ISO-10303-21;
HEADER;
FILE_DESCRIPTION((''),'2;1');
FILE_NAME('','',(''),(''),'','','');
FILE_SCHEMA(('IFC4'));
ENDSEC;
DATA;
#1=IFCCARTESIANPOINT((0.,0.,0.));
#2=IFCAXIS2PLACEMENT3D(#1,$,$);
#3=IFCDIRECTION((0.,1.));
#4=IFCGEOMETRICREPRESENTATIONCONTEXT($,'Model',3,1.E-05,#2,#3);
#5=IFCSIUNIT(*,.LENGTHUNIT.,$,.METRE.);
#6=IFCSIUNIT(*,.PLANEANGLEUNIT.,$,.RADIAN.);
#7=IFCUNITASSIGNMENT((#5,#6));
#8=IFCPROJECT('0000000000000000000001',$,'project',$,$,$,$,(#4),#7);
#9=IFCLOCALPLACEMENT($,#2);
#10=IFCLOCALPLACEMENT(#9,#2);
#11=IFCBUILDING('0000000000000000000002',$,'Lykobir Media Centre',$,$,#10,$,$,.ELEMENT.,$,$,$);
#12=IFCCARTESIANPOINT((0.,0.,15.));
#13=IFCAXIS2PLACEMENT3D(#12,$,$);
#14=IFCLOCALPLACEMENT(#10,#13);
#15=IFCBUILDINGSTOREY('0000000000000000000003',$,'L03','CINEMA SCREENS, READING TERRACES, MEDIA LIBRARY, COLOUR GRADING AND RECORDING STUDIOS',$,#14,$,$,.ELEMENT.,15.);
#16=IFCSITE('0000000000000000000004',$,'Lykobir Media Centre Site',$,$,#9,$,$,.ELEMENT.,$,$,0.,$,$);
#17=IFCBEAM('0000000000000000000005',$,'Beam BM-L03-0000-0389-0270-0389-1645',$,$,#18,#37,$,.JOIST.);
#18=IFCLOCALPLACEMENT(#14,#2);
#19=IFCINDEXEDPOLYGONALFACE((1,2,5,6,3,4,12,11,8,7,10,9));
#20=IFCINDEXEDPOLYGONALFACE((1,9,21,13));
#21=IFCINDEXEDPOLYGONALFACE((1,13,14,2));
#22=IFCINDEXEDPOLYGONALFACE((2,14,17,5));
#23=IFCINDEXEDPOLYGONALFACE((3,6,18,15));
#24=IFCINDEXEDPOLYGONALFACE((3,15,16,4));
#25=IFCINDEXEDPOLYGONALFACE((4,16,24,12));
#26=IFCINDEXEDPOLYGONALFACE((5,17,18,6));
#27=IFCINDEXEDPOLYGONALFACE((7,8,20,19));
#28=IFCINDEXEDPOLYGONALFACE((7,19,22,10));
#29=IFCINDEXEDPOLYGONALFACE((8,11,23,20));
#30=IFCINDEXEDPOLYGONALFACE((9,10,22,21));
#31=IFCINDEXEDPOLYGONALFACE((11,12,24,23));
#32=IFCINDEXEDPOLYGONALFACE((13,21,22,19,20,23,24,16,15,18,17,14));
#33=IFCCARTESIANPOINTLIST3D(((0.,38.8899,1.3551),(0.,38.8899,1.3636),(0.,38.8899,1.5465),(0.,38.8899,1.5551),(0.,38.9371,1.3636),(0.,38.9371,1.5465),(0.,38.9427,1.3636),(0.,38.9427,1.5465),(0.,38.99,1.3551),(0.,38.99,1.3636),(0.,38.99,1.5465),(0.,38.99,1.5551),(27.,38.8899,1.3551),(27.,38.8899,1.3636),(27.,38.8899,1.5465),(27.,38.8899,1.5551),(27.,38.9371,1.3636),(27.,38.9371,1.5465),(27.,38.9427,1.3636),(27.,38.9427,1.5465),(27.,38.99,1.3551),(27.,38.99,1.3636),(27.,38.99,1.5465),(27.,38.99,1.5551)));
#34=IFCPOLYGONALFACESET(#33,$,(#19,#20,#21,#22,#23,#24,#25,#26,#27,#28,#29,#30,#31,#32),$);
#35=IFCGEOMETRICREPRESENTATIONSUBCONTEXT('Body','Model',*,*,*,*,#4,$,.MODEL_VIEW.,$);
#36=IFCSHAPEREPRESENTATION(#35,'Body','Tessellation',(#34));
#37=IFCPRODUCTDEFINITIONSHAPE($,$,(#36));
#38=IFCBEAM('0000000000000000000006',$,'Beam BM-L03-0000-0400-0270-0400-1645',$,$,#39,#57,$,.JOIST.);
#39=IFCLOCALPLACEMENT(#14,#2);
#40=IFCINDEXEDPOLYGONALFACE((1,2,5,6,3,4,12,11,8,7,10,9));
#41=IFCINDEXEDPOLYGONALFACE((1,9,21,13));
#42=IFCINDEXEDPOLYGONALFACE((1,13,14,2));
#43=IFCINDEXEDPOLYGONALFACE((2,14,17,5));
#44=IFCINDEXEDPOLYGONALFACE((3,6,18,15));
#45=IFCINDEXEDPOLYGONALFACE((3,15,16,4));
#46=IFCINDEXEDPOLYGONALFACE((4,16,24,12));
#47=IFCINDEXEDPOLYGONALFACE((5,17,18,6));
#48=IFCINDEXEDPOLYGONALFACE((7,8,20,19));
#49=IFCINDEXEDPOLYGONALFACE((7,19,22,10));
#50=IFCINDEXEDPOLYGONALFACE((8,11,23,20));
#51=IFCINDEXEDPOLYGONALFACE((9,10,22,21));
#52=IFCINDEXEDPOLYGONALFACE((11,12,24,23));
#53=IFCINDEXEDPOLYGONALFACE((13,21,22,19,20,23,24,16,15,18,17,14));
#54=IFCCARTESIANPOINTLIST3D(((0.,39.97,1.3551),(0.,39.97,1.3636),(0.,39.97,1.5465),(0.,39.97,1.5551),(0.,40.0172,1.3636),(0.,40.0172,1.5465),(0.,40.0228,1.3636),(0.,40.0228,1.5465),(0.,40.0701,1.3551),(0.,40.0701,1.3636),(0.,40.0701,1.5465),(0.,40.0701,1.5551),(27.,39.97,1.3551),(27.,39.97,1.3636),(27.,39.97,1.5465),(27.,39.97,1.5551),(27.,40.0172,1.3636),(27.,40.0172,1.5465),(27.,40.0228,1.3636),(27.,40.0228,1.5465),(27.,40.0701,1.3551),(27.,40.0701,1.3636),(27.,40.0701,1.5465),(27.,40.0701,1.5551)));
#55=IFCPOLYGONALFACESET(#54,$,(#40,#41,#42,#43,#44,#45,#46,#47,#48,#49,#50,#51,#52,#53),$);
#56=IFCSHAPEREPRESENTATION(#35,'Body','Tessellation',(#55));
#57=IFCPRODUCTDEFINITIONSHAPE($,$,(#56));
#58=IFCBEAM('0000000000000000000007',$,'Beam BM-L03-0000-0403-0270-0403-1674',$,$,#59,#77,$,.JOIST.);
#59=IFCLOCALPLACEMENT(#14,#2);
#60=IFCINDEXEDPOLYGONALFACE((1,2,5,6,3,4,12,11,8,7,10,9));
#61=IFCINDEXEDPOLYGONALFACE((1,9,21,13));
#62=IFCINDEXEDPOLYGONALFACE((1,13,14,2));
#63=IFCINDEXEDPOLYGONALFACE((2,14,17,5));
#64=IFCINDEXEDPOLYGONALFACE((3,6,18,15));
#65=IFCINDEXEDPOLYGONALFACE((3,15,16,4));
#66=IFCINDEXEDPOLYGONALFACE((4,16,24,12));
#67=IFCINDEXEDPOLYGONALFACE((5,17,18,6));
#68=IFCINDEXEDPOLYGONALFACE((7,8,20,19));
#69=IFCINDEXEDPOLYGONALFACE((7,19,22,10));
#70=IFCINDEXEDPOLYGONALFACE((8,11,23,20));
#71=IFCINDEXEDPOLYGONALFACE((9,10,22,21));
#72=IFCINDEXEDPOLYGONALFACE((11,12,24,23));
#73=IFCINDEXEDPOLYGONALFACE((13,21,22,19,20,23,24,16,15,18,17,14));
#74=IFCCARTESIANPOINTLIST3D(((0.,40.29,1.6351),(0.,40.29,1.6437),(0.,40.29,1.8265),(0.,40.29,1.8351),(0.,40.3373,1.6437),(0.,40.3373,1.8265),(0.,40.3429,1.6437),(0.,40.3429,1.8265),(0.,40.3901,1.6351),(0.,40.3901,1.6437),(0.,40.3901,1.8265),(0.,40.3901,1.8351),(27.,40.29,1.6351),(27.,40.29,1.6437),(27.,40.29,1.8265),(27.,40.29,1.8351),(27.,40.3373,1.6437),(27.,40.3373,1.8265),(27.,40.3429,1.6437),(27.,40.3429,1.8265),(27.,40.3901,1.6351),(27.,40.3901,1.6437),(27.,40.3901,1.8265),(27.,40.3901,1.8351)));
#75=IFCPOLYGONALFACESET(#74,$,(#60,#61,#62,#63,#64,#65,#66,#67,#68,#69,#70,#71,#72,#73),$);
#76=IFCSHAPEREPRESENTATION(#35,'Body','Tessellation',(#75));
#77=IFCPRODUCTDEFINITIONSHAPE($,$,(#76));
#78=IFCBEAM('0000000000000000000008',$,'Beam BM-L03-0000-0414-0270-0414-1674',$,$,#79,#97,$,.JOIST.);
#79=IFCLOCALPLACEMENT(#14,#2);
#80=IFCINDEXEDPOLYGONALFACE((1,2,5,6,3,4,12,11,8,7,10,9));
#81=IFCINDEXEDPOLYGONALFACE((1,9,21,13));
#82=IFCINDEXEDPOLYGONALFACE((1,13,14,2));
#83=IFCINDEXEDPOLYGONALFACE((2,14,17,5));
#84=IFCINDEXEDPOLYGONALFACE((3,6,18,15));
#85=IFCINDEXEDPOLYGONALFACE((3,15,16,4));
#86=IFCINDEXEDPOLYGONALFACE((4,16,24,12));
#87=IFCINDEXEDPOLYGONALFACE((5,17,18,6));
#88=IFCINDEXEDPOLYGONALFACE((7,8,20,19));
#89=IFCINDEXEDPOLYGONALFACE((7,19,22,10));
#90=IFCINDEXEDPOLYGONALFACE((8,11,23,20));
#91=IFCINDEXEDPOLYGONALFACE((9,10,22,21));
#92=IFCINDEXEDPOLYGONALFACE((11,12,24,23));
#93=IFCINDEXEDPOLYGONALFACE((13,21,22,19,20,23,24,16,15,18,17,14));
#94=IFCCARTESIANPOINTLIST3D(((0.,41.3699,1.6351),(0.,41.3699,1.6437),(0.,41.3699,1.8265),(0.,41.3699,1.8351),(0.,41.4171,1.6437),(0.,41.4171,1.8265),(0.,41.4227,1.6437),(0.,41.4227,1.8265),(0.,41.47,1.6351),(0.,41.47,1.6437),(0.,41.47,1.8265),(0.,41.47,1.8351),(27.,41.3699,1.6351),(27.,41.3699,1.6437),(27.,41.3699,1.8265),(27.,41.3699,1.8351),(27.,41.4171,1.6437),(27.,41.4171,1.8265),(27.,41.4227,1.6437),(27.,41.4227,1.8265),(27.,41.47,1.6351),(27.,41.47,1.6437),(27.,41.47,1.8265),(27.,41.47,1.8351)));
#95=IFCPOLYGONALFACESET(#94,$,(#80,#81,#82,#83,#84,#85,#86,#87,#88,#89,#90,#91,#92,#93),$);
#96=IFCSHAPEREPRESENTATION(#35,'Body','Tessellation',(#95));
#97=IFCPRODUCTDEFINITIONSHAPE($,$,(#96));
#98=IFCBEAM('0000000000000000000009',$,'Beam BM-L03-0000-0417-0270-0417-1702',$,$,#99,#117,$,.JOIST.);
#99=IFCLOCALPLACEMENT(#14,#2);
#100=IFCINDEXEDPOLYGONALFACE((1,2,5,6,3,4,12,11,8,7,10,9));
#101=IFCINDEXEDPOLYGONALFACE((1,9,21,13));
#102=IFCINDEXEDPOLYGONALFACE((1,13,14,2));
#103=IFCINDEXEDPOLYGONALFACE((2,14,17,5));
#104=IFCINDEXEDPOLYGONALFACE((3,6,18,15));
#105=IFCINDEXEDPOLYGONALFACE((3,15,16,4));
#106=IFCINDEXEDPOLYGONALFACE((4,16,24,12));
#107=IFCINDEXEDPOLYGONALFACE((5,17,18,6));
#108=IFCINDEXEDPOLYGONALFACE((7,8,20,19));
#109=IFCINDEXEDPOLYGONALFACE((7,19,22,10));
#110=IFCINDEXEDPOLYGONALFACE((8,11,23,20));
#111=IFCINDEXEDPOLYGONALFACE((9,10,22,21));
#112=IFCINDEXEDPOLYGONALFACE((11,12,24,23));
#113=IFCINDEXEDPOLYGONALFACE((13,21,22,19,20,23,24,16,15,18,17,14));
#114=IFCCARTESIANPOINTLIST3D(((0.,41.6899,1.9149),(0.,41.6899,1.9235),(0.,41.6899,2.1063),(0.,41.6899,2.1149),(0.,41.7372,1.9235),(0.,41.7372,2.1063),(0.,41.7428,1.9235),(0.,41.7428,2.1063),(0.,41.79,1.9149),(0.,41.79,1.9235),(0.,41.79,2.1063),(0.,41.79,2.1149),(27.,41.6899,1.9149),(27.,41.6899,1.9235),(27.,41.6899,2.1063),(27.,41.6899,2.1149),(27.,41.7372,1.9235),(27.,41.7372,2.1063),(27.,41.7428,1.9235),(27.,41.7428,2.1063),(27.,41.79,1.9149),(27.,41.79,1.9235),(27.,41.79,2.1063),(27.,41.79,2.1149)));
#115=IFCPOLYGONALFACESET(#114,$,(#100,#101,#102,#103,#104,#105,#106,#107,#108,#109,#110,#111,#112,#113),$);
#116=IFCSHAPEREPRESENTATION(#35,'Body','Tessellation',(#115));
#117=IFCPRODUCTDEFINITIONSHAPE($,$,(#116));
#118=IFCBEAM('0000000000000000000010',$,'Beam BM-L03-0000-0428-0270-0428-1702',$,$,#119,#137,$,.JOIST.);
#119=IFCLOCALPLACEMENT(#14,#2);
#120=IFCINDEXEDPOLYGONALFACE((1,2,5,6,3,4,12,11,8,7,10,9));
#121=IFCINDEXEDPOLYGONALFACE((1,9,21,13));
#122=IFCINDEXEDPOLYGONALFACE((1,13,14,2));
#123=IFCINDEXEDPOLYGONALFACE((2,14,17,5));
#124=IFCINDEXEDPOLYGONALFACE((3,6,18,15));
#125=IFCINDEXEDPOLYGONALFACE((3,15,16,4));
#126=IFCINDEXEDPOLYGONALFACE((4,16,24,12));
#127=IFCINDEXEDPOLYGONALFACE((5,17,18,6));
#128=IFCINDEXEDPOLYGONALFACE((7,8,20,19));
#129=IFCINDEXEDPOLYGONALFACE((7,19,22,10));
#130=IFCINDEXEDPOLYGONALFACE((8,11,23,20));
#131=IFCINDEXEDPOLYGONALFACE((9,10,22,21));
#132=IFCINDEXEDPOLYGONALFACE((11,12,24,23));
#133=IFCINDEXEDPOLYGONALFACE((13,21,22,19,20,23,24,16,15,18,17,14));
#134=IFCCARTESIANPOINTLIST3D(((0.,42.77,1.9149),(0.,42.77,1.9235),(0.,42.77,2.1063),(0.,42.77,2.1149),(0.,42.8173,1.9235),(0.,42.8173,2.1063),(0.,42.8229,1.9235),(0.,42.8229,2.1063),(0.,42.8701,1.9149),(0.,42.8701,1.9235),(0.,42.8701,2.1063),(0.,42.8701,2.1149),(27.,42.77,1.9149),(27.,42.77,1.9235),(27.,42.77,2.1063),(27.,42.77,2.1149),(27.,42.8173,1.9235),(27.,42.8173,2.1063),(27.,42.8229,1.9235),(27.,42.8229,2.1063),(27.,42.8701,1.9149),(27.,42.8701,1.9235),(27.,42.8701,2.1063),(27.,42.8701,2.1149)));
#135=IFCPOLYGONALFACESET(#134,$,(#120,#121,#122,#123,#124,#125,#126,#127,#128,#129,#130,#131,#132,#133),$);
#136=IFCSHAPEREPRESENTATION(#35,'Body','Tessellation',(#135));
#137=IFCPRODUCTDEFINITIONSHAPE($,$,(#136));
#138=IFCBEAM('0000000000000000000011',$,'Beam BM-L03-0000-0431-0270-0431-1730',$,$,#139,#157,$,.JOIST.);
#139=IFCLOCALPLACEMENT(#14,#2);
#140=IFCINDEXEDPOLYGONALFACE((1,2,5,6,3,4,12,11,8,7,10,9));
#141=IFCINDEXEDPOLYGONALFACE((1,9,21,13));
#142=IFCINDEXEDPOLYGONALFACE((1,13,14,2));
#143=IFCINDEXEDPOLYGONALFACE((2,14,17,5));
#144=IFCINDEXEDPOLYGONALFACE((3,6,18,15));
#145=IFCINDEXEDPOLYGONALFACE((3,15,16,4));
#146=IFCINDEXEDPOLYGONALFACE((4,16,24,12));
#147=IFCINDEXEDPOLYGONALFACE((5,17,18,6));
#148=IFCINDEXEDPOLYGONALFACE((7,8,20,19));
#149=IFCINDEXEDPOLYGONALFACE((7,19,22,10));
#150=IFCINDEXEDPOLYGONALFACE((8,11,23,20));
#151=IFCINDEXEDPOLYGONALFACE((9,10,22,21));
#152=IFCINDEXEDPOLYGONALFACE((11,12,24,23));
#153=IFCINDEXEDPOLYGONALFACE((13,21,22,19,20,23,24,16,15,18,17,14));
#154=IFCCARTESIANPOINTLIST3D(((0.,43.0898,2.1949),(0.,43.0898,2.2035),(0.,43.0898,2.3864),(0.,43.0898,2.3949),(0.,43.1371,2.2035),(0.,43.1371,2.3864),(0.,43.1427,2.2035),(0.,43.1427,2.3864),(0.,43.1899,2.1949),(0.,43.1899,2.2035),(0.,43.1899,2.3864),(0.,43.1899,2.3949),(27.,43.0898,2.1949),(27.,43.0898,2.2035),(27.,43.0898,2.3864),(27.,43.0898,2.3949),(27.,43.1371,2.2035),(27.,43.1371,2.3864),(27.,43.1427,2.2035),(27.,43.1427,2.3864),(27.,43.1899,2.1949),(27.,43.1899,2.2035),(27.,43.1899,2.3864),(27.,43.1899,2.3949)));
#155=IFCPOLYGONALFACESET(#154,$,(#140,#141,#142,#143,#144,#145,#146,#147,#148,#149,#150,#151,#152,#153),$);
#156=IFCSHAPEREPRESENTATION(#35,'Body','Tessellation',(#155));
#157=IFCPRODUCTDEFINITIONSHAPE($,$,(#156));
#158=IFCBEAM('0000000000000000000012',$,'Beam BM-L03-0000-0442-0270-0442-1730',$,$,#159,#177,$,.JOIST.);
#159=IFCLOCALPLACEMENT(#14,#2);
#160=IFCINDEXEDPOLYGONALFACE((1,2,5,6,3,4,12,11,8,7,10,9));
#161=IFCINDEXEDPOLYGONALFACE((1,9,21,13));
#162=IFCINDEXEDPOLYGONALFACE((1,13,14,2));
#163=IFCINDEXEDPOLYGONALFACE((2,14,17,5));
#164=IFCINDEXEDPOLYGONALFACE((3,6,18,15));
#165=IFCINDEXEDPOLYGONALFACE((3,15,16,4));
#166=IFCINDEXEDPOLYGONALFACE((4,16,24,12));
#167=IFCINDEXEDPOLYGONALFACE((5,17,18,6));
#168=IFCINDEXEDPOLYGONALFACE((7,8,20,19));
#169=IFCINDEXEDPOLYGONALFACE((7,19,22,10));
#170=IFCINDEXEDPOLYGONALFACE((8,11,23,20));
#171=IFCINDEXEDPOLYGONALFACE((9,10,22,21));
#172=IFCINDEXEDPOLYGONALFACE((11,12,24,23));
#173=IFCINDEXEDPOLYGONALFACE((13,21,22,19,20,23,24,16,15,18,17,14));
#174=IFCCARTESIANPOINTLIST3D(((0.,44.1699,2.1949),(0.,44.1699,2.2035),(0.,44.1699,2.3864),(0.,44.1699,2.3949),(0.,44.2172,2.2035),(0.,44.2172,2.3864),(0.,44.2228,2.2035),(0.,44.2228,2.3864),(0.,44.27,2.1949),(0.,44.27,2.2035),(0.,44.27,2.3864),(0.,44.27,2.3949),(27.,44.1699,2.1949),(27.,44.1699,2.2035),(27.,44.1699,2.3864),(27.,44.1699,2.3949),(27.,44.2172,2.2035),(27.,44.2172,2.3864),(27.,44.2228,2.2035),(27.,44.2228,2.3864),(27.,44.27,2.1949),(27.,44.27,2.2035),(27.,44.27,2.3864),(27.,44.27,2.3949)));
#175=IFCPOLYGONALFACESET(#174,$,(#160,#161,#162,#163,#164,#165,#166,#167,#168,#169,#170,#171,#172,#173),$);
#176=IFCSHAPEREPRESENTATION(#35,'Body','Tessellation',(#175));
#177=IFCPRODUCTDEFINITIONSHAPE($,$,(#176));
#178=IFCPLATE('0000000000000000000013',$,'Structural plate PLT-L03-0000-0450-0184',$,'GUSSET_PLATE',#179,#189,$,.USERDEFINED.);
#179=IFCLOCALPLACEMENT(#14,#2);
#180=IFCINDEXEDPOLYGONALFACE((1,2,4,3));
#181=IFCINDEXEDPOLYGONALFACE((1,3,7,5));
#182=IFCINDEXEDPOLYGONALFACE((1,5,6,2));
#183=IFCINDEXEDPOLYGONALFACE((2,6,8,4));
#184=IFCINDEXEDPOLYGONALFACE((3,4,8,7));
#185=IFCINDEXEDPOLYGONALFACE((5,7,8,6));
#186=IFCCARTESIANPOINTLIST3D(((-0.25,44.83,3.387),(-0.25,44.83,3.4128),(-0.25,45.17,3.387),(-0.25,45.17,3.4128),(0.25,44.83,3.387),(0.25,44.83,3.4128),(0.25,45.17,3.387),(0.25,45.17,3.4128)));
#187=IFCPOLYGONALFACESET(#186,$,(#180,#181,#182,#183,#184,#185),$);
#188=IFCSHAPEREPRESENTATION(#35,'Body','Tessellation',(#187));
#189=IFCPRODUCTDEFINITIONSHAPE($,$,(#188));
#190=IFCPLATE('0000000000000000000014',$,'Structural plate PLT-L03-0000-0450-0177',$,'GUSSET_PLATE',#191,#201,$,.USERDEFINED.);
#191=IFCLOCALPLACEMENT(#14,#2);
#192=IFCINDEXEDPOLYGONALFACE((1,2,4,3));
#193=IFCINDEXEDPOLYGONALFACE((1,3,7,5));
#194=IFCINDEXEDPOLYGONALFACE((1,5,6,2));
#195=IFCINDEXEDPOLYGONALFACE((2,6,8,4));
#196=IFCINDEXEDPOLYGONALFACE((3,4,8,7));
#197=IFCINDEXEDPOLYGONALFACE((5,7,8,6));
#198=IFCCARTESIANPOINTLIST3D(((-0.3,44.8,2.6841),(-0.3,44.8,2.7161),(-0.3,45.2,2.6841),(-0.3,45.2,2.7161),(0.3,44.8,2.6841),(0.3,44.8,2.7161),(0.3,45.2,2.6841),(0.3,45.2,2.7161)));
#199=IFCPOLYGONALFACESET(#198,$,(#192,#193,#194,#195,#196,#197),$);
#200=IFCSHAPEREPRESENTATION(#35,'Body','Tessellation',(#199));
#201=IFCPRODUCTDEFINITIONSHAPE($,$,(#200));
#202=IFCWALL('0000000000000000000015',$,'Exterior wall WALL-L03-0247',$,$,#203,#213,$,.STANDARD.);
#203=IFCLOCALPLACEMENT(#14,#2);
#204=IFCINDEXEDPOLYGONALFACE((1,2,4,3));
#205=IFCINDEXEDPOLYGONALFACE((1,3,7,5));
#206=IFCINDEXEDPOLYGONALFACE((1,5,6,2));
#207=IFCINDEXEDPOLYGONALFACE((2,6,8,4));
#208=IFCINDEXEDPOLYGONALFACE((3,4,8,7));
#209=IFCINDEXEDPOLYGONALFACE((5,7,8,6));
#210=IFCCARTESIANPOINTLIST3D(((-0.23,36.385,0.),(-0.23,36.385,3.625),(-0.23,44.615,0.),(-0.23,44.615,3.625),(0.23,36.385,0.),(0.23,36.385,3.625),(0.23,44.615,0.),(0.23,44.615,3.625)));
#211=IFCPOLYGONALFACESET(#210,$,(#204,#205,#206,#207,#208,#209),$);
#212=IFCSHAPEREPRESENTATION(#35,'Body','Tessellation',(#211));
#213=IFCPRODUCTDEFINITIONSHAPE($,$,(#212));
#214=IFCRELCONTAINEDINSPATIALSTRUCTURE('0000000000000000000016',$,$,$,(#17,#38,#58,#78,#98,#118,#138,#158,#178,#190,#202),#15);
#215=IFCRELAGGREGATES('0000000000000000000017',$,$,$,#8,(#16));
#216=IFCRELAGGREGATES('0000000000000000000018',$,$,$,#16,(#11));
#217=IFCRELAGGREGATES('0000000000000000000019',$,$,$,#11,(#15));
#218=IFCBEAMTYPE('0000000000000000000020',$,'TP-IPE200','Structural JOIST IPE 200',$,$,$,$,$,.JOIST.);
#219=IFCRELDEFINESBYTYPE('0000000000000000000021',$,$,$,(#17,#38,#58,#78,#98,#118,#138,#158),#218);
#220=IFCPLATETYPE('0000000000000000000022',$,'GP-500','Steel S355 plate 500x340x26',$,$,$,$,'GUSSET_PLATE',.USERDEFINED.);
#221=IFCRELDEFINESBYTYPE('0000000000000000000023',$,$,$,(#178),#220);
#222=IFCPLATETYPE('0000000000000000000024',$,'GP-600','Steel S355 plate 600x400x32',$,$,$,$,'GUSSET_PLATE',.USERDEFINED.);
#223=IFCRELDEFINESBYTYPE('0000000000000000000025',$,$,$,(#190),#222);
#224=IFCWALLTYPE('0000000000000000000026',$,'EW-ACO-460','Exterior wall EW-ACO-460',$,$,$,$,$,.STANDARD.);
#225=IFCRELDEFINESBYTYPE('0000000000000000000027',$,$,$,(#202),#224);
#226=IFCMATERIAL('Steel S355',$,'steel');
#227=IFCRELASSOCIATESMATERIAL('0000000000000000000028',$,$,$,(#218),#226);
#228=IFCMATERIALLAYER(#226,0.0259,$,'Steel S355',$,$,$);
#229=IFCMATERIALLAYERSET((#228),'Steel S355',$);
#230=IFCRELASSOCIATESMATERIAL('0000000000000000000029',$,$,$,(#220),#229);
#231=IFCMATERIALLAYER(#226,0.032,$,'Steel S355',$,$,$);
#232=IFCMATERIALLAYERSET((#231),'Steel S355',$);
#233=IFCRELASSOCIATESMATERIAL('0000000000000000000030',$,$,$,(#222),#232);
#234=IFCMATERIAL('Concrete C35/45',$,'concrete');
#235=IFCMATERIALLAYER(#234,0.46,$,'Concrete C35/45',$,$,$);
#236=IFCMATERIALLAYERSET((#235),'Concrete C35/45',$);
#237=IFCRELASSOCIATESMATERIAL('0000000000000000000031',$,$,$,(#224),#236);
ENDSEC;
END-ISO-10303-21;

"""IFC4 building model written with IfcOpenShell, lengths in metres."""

from ifc_helpers import new_model, si_unit, direction, frame, frame_2d, origin, origin_2d, place, context, subcontext, project, spatial, rectangle, i_section, extrude, material, layer, layer_set, material_profile, profile_set, type_object, element, save


model = new_model("IFC4")

# Units and contexts
model_context = context("Model", 3, precision=1e-05, world=origin(), true_north=direction((0.0, 1.0)))
body_context = subcontext(model_context, "Body", "Model", "MODEL_VIEW")
ifc_project = project(units=[si_unit("LENGTHUNIT", "METRE"), si_unit("PLANEANGLEUNIT", "RADIAN")], contexts=[model_context])

# Site, building, storey
site_placement = place(None, origin())
site = spatial("IfcSite", under=ifc_project, at=site_placement, Name="Lykobir Media Centre Site", CompositionType="ELEMENT", RefElevation=0.0)
building_placement = place(site_placement, origin())
building = spatial("IfcBuilding", under=site, at=building_placement, Name="Lykobir Media Centre", CompositionType="ELEMENT")
storey_placement = place(building_placement, frame((0.0, 0.0, 15.0)))
storey = spatial("IfcBuildingStorey", under=building, at=storey_placement, Name="L03", Description="CINEMA SCREENS, READING TERRACES, MEDIA LIBRARY, COLOUR GRADING AND RECORDING STUDIOS", CompositionType="ELEMENT", Elevation=15.0)

# Shared definitions
ifc_material_1 = material(Name="Steel S355", Category="steel")

# Beams
ifc_material_profile_1 = material_profile(ifc_material_1, i_section(OverallWidth=0.1001, OverallDepth=0.2, WebThickness=0.0056, FlangeThickness=0.0085, at=origin_2d()), Name="IPE 200")
ifc_profile_set_1 = profile_set([ifc_material_profile_1], Name="Steel S355")
beam_type_1 = type_object("IfcBeamType", Name="TP-IPE200", Description="Structural JOIST IPE 200", PredefinedType="JOIST", material=ifc_profile_set_1)
for number, where, z_axis, x_axis, name in (
    (1, (0.0, 38.9399, 1.4551), (1.0, 0.0, 0.0), (0.0, 1.0, 0.0), "Beam BM-L03-0000-0389-0270-0389-1645"),
    (2, (0.0, 40.02, 1.4551), (1.0, 0.0, 0.0), (0.0, 1.0, 0.0), "Beam BM-L03-0000-0400-0270-0400-1645"),
    (3, (0.0, 40.3401, 1.7351), (1.0, 0.0, 0.0), (0.0, 1.0, 0.0), "Beam BM-L03-0000-0403-0270-0403-1674"),
    (4, (0.0, 41.4199, 1.7351), (1.0, 0.0, 0.0), (0.0, 1.0, 0.0), "Beam BM-L03-0000-0414-0270-0414-1674"),
    (5, (0.0, 41.74, 2.0149), (1.0, 0.0, 0.0), (0.0, 1.0, 0.0), "Beam BM-L03-0000-0417-0270-0417-1702"),
    (6, (0.0, 42.8201, 2.0149), (1.0, 0.0, 0.0), (0.0, 1.0, 0.0), "Beam BM-L03-0000-0428-0270-0428-1702"),
    (7, (0.0, 43.1399, 2.2949), (1.0, 0.0, 0.0), (0.0, 1.0, 0.0), "Beam BM-L03-0000-0431-0270-0431-1730"),
    (8, (0.0, 44.22, 2.2949), (1.0, 0.0, 0.0), (0.0, 1.0, 0.0), "Beam BM-L03-0000-0442-0270-0442-1730"),
):
    element("IfcBeam", number, at=place(storey_placement, frame(where, z_axis=z_axis, x_axis=x_axis)), inside=storey, type_object=beam_type_1, Name=name, PredefinedType="JOIST", context=body_context, shape_type="SweptSolid", body=[
        extrude(i_section(OverallWidth=0.1001, OverallDepth=0.2, WebThickness=0.0056, FlangeThickness=0.0085, at=origin_2d()), origin(), (0.0, 0.0, 1.0), 27.0),
    ])

# Plates
ifc_layer_1 = layer(ifc_material_1, 0.0259, Name="Steel S355")
ifc_layer_set_1 = layer_set([ifc_layer_1], Name="Steel S355")
plate_type_1 = type_object("IfcPlateType", Name="GP-500", Description="Steel S355 plate 500x340x26", ElementType="GUSSET_PLATE", PredefinedType="USERDEFINED", material=ifc_layer_set_1)
plate_1_placement = place(storey_placement, frame((0.0, 45.0, 3.387), z_axis=(0.0, 0.0, 1.0), x_axis=(1.0, 0.0, 0.0)))
element("IfcPlate", 9, at=plate_1_placement, inside=storey, type_object=plate_type_1, Name="Structural plate PLT-L03-0000-0450-0184", ObjectType="GUSSET_PLATE", PredefinedType="USERDEFINED", context=body_context, shape_type="SweptSolid", body=[
    extrude(rectangle(XDim=0.5, YDim=0.3401, at=origin_2d()), origin(), (0.0, 0.0, 1.0), 0.0259),
])
ifc_layer_2 = layer(ifc_material_1, 0.032, Name="Steel S355")
ifc_layer_set_2 = layer_set([ifc_layer_2], Name="Steel S355")
plate_type_2 = type_object("IfcPlateType", Name="GP-600", Description="Steel S355 plate 600x400x32", ElementType="GUSSET_PLATE", PredefinedType="USERDEFINED", material=ifc_layer_set_2)
plate_2_placement = place(storey_placement, frame((0.0, 45.0, 2.6841), z_axis=(0.0, 0.0, 1.0), x_axis=(1.0, 0.0, 0.0)))
element("IfcPlate", 10, at=plate_2_placement, inside=storey, type_object=plate_type_2, Name="Structural plate PLT-L03-0000-0450-0177", ObjectType="GUSSET_PLATE", PredefinedType="USERDEFINED", context=body_context, shape_type="SweptSolid", body=[
    extrude(rectangle(XDim=0.6001, YDim=0.3999, at=origin_2d()), origin(), (0.0, 0.0, 1.0), 0.032),
])

# Wall
ifc_material_2 = material(Name="Concrete C35/45", Category="concrete")
ifc_layer_3 = layer(ifc_material_2, 0.46, Name="Concrete C35/45")
ifc_layer_set_3 = layer_set([ifc_layer_3], Name="Concrete C35/45")
wall_type = type_object("IfcWallType", Name="EW-ACO-460", Description="Exterior wall EW-ACO-460", PredefinedType="STANDARD", material=ifc_layer_set_3)
wall_placement = place(storey_placement, frame((0.0, 44.615, 0.0), z_axis=(0.0, 0.0, 1.0), x_axis=(0.0, -1.0, 0.0)))
element("IfcWall", 11, at=wall_placement, inside=storey, type_object=wall_type, Name="Exterior wall WALL-L03-0247", PredefinedType="STANDARD", context=body_context, shape_type="SweptSolid", body=[
    extrude(rectangle(XDim=8.23, YDim=0.46, at=frame_2d((4.115, 0.0))), origin(), (0.0, 0.0, 1.0), 3.625),
])

save(model, "model.ifc")
